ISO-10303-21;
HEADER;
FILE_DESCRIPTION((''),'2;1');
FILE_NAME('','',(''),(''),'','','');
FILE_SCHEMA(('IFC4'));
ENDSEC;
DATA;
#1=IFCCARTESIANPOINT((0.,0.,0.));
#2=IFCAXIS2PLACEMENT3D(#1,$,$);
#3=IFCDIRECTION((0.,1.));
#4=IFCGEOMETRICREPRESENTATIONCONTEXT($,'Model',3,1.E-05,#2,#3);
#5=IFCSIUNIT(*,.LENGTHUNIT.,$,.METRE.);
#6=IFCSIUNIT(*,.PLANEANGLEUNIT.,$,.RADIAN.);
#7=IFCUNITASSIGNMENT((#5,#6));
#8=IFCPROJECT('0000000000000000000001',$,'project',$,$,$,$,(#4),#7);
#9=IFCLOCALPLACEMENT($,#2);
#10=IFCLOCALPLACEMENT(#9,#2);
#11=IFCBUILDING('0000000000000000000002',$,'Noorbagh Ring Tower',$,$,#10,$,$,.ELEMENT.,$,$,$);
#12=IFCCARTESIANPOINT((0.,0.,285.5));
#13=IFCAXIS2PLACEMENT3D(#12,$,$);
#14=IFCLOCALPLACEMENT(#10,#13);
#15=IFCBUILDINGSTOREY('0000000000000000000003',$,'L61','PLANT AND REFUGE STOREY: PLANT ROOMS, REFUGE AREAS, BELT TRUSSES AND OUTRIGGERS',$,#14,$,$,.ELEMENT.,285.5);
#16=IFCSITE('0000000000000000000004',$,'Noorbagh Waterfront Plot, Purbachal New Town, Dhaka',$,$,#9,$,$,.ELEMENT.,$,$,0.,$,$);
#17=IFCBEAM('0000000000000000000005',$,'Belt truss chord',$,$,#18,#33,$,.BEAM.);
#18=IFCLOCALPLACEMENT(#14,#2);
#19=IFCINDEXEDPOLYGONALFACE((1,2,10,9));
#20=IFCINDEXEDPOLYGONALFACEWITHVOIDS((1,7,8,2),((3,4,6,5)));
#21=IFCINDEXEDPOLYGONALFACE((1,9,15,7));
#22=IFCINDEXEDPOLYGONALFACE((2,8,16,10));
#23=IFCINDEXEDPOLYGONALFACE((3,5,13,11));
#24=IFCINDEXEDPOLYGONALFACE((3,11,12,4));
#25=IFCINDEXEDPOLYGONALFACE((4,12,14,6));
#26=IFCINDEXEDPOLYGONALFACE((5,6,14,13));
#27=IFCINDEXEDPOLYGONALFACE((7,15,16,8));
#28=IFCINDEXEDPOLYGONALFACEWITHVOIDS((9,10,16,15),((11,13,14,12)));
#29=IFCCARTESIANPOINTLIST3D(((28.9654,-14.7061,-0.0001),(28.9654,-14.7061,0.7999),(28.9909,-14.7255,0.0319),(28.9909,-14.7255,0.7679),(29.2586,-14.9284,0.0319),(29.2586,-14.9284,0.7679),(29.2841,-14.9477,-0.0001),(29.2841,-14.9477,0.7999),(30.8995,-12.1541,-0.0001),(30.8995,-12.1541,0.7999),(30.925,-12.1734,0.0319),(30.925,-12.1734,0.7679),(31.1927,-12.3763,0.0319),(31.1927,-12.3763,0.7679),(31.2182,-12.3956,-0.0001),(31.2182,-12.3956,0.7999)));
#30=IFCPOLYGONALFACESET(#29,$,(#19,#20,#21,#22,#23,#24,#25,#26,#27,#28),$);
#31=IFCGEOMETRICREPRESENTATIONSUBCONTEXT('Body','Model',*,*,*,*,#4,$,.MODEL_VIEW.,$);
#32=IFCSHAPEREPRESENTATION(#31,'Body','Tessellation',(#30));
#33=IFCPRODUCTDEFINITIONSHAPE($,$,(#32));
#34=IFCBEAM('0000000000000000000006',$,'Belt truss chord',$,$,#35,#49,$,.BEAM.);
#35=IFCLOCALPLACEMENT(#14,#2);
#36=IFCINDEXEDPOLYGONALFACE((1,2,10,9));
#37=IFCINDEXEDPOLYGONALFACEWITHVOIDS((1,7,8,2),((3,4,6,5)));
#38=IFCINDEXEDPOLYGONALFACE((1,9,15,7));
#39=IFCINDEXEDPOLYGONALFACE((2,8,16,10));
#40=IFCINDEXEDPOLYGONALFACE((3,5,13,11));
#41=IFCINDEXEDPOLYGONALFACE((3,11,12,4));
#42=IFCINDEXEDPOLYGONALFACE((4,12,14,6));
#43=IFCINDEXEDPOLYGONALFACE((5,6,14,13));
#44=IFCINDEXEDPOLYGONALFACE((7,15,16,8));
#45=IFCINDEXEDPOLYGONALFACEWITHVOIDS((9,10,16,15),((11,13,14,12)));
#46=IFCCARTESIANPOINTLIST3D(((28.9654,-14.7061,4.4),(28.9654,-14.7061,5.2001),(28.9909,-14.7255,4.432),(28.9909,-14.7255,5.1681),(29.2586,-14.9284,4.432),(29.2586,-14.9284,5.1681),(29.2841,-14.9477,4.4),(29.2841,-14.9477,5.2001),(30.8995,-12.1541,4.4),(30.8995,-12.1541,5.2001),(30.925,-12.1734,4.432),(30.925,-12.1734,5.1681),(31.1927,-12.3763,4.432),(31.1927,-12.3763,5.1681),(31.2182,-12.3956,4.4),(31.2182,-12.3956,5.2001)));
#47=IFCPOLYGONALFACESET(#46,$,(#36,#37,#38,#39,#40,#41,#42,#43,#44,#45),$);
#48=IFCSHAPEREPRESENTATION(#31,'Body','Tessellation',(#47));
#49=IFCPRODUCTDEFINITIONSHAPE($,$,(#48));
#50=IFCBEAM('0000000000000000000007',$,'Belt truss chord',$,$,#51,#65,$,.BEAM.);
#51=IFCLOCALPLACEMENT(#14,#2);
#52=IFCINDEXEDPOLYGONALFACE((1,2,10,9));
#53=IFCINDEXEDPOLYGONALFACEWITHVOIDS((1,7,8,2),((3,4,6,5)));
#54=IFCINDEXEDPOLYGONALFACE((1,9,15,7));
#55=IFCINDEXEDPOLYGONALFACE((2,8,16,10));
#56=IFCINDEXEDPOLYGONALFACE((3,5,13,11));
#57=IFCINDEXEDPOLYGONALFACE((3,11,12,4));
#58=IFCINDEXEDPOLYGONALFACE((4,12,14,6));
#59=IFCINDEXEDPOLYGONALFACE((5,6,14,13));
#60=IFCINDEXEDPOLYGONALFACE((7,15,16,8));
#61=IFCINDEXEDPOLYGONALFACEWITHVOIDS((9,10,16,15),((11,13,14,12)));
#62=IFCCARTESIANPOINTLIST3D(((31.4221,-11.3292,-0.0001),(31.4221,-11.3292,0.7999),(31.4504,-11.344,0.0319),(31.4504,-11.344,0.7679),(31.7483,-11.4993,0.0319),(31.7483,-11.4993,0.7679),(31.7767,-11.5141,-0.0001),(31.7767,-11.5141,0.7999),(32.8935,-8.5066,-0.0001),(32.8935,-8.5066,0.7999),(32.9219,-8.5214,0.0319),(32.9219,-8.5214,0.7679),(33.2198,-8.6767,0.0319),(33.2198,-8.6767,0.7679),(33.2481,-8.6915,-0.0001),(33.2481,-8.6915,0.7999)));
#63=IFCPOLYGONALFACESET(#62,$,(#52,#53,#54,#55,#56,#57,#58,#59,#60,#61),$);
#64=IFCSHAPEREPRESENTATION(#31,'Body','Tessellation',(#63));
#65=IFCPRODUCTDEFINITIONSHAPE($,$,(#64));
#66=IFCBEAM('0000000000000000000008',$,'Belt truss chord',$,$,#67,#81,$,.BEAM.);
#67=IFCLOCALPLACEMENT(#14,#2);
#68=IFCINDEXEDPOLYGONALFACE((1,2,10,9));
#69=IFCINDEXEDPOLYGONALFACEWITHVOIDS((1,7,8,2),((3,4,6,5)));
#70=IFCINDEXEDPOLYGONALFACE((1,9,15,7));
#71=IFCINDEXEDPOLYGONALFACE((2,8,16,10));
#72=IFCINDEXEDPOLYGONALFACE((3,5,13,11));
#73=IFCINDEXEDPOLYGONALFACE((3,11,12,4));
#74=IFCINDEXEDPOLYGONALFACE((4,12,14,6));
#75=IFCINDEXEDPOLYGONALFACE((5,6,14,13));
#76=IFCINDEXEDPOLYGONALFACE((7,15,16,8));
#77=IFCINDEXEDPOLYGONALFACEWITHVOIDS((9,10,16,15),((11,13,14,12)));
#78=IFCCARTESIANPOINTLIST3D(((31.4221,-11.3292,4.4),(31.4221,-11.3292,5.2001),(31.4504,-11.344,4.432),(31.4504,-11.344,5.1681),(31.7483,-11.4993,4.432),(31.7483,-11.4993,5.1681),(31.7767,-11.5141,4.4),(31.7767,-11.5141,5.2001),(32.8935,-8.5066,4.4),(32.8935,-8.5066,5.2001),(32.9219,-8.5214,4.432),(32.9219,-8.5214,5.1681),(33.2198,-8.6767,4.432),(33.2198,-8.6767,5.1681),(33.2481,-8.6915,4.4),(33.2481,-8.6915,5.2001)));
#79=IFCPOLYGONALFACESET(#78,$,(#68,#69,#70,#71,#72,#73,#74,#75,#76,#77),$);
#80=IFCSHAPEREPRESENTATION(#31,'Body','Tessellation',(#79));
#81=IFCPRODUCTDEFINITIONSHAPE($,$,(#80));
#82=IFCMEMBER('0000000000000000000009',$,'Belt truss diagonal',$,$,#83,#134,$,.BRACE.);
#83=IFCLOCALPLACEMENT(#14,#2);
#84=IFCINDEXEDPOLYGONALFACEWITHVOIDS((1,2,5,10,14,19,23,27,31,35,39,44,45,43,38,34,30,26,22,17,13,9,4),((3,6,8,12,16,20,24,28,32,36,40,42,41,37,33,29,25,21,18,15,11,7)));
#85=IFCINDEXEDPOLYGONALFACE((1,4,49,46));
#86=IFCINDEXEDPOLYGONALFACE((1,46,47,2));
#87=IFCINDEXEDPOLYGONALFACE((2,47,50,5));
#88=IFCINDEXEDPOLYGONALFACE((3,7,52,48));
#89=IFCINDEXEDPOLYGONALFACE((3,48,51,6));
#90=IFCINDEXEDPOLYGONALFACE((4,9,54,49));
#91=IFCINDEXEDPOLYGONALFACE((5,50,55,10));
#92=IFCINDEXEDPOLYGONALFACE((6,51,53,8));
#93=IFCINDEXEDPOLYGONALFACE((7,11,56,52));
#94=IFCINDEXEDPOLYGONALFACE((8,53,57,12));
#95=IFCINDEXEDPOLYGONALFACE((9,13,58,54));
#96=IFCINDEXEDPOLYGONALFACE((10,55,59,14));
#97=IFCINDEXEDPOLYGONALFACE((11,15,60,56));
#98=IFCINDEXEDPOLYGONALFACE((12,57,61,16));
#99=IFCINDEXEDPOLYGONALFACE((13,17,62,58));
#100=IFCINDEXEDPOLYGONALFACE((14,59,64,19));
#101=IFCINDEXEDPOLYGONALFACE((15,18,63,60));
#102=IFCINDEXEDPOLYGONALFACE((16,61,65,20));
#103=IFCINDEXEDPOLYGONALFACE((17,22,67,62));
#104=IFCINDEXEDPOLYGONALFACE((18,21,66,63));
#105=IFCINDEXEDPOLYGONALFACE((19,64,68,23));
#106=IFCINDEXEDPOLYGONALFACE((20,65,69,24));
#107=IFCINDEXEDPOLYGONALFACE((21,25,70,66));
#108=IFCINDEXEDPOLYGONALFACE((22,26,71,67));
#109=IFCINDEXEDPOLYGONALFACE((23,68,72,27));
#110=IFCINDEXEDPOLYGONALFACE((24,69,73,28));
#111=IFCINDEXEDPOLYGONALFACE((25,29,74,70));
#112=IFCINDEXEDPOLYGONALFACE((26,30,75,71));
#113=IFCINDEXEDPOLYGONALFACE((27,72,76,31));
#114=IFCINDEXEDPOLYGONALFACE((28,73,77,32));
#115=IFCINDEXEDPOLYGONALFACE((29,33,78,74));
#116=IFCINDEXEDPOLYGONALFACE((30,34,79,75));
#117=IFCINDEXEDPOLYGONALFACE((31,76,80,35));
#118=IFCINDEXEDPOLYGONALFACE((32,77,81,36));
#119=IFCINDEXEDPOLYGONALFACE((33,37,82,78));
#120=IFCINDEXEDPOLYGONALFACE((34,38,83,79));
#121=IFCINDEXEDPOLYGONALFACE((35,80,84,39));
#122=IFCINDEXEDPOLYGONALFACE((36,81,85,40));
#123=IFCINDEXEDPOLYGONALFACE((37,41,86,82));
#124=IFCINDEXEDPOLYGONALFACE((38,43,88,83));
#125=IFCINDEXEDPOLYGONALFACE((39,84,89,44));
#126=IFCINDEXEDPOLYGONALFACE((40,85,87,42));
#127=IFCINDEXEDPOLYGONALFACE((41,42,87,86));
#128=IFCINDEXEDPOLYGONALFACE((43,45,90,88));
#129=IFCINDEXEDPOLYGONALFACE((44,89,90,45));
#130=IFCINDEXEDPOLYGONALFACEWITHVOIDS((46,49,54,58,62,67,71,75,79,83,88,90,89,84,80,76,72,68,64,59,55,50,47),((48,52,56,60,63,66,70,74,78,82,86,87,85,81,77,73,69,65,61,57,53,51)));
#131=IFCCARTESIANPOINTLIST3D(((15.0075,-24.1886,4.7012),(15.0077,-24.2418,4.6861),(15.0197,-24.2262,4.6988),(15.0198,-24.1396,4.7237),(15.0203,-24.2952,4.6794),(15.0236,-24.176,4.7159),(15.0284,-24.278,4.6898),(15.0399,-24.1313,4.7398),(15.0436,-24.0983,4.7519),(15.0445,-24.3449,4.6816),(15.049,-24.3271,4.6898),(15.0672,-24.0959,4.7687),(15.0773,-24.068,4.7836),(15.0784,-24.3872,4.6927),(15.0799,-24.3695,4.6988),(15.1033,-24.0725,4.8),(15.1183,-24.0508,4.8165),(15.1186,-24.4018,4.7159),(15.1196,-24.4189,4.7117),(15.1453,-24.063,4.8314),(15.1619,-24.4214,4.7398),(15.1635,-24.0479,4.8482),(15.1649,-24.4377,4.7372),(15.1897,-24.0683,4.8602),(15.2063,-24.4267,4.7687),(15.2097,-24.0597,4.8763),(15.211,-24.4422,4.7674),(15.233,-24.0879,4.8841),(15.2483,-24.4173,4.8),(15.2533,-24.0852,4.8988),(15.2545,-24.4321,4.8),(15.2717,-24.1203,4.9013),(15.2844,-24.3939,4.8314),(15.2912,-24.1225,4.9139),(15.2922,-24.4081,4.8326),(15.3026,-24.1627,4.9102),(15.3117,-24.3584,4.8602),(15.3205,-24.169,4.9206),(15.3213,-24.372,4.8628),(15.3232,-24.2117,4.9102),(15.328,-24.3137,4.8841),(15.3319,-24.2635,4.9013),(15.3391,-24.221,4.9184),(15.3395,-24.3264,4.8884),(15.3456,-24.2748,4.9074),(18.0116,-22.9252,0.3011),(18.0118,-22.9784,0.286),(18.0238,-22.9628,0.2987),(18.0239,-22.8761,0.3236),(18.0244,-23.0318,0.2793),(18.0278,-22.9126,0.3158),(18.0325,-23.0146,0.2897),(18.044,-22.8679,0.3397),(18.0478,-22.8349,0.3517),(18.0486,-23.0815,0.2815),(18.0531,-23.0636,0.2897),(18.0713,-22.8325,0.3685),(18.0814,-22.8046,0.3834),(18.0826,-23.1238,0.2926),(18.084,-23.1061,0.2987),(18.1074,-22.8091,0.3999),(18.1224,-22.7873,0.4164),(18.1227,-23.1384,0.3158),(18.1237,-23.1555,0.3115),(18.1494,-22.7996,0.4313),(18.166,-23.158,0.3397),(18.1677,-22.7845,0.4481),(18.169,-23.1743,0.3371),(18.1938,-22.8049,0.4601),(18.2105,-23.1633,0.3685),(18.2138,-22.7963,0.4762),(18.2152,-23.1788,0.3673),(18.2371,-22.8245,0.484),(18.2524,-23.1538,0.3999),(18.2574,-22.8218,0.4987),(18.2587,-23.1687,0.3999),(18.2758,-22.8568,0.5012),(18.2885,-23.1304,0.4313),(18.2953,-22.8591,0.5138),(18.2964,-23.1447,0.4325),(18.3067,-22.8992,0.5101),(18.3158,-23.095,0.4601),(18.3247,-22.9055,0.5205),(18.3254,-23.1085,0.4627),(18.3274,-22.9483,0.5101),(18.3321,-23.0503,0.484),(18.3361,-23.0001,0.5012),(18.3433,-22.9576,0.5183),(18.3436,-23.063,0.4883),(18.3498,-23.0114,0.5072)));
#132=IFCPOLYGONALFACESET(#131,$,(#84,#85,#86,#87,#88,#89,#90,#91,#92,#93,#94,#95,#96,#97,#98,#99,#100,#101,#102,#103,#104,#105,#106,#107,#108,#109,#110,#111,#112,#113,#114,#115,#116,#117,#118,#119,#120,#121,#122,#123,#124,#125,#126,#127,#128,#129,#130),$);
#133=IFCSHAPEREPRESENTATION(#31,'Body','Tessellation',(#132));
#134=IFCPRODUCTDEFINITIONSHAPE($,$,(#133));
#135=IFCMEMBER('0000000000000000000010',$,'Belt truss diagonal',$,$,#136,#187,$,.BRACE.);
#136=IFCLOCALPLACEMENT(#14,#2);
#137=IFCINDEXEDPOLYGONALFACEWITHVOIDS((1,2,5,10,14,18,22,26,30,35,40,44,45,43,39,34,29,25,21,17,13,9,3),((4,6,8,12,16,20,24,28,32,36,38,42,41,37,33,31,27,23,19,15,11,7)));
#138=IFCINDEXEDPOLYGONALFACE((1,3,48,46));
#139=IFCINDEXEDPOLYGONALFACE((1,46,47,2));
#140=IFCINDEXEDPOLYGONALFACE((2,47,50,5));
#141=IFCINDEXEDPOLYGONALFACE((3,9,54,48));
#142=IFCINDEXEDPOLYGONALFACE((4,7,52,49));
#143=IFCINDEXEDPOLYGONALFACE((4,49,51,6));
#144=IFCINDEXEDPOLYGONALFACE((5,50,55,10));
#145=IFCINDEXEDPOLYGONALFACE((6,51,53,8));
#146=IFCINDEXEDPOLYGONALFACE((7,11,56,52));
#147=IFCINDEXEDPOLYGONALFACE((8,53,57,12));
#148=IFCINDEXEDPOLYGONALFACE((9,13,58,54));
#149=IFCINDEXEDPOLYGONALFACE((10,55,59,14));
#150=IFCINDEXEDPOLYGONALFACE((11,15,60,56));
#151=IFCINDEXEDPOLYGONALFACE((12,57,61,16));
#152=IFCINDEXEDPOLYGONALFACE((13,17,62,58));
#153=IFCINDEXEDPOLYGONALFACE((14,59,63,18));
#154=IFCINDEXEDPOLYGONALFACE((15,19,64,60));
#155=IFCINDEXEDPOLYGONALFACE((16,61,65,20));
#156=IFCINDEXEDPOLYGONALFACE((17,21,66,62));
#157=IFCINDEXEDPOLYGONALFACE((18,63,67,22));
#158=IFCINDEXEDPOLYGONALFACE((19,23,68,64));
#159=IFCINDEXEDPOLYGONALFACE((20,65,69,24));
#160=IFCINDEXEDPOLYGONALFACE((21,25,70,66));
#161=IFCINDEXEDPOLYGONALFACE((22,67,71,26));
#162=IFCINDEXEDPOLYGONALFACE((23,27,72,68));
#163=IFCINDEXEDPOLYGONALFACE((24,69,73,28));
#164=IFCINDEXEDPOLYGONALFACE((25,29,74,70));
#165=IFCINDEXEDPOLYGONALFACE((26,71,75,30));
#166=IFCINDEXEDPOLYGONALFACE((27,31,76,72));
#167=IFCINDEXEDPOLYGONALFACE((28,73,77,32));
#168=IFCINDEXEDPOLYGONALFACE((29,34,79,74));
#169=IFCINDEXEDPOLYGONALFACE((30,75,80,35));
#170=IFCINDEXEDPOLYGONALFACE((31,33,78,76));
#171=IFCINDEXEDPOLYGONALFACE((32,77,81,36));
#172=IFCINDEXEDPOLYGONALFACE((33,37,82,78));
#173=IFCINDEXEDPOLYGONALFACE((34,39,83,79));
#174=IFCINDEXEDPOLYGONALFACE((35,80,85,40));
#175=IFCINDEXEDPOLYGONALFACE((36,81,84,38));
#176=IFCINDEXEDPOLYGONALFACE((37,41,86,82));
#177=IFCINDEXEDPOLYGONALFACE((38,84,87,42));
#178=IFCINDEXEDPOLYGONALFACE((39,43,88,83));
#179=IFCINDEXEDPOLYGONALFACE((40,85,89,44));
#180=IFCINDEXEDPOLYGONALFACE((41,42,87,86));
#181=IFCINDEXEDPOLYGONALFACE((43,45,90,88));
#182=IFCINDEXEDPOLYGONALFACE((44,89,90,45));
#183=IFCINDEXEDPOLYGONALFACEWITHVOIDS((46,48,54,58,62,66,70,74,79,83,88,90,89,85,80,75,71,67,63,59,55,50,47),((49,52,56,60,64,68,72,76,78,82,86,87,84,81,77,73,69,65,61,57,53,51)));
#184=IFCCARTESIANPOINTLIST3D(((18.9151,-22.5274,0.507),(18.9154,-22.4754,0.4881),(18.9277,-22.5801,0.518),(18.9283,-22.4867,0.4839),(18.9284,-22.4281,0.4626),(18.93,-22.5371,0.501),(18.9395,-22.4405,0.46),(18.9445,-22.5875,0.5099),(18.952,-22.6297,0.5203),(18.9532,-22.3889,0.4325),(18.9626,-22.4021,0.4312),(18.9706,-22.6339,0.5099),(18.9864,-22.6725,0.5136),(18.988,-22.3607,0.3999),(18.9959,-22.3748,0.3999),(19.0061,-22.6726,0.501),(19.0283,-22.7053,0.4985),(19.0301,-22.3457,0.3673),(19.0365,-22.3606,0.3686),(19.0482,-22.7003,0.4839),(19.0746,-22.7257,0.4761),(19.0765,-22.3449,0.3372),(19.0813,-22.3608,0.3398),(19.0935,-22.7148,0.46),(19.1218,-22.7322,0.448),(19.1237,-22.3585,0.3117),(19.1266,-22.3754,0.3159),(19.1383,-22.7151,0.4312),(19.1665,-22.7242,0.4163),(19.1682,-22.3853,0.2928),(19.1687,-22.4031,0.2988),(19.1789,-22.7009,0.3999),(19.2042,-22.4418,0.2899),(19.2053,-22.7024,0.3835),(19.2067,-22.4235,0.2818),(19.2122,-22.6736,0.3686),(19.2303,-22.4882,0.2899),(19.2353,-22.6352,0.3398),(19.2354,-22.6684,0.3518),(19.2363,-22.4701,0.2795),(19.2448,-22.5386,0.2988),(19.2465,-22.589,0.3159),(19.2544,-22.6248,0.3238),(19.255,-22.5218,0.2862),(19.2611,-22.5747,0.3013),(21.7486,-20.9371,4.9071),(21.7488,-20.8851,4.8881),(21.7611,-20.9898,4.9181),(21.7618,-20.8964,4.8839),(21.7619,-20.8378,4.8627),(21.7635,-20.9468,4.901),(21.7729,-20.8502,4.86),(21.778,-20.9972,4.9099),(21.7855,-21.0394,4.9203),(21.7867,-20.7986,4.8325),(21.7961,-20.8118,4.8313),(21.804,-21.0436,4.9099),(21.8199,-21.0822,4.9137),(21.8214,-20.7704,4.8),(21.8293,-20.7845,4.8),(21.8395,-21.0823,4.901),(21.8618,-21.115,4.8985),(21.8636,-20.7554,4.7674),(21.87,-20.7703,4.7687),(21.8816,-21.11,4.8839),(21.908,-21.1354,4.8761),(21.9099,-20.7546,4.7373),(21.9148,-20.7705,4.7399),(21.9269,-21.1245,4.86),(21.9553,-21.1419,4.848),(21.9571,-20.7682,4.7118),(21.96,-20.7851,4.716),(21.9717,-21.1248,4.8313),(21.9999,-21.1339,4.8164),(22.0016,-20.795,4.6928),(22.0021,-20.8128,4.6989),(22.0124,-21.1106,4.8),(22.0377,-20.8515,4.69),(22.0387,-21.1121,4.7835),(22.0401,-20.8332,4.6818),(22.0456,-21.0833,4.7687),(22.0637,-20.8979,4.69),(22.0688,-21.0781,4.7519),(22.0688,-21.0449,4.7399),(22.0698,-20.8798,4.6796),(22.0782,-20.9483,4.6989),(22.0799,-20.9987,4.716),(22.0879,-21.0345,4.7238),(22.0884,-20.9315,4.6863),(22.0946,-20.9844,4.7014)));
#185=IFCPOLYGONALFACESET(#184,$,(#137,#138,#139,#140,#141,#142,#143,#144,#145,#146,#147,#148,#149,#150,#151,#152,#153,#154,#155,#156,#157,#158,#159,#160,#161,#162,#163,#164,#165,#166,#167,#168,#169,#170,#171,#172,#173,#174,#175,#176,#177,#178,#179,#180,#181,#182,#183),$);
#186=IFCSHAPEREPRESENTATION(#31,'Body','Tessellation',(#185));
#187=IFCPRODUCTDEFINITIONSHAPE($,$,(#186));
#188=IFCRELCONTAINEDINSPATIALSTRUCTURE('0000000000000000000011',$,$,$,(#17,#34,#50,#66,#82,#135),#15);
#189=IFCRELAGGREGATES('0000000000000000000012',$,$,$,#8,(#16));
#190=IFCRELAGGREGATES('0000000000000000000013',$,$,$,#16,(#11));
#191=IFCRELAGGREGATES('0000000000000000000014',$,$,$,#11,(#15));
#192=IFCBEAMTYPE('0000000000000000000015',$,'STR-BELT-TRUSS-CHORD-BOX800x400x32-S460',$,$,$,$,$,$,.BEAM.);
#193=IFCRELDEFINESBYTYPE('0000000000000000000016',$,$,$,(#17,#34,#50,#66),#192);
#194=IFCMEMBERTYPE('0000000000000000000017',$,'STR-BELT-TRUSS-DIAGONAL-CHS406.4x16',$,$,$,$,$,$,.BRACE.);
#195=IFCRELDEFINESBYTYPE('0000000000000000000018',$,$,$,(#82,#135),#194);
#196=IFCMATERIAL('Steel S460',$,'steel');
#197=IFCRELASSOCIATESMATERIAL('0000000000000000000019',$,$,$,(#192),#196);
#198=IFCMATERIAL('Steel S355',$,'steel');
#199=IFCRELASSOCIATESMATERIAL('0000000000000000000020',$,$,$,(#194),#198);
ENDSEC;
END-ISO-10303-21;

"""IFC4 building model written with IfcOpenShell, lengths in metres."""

from ifc_helpers import new_model, si_unit, direction, frame, origin, origin_2d, place, context, subcontext, project, spatial, hollow_rectangle, hollow_circle, extrude, material, material_profile, profile_set, type_object, element, save


model = new_model("IFC4")

# Units and contexts
model_context = context("Model", 3, precision=1e-05, world=origin(), true_north=direction((0.0, 1.0)))
body_context = subcontext(model_context, "Body", "Model", "MODEL_VIEW")
ifc_project = project(units=[si_unit("LENGTHUNIT", "METRE"), si_unit("PLANEANGLEUNIT", "RADIAN")], contexts=[model_context])

# Site, building, storey
site_placement = place(None, origin())
site = spatial("IfcSite", under=ifc_project, at=site_placement, Name="Noorbagh Waterfront Plot, Purbachal New Town, Dhaka", CompositionType="ELEMENT", RefElevation=0.0)
building_placement = place(site_placement, origin())
building = spatial("IfcBuilding", under=site, at=building_placement, Name="Noorbagh Ring Tower", CompositionType="ELEMENT")
storey_placement = place(building_placement, frame((0.0, 0.0, 285.5)))
storey = spatial("IfcBuildingStorey", under=building, at=storey_placement, Name="L61", Description="PLANT AND REFUGE STOREY: PLANT ROOMS, REFUGE AREAS, BELT TRUSSES AND OUTRIGGERS", CompositionType="ELEMENT", Elevation=285.5)

# Beams
ifc_material_1 = material(Name="Steel S460", Category="steel")
ifc_material_profile_1 = material_profile(ifc_material_1, hollow_rectangle(XDim=0.3999, YDim=0.8, WallThickness=0.032, at=origin_2d()), Name="BOX800x400x32")
ifc_profile_set_1 = profile_set([ifc_material_profile_1], Name="Steel S460")
beam_type_1 = type_object("IfcBeamType", Name="STR-BELT-TRUSS-CHORD-BOX800x400x32-S460", PredefinedType="BEAM", material=ifc_profile_set_1)
for number, where, z_axis, x_axis, name in (
    (1, (29.1248, -14.8269, 0.3999), (0.604006, 0.79698, 0.0), (-0.79698, 0.604006, 0.0), "Belt truss chord"),
    (2, (29.1248, -14.8269, 4.8), (0.604006, 0.79698, 0.0), (-0.79698, 0.604006, 0.0), "Belt truss chord"),
):
    element("IfcBeam", number, at=place(storey_placement, frame(where, z_axis=z_axis, x_axis=x_axis)), inside=storey, type_object=beam_type_1, Name=name, PredefinedType="BEAM", context=body_context, shape_type="SweptSolid", body=[
        extrude(hollow_rectangle(XDim=0.3999, YDim=0.8, WallThickness=0.032, at=origin_2d()), origin(), (0.0, 0.0, 1.0), 3.2021),
    ])
for number, where, z_axis, x_axis, name in (
    (3, (31.5994, -11.4216, 0.3999), (0.462275, 0.886737, 0.0), (-0.886737, 0.462275, 0.0), "Belt truss chord"),
    (4, (31.5994, -11.4216, 4.8), (0.462275, 0.886737, 0.0), (-0.886737, 0.462275, 0.0), "Belt truss chord"),
):
    element("IfcBeam", number, at=place(storey_placement, frame(where, z_axis=z_axis, x_axis=x_axis)), inside=storey, type_object=beam_type_1, Name=name, PredefinedType="BEAM", context=body_context, shape_type="SweptSolid", body=[
        extrude(hollow_rectangle(XDim=0.3999, YDim=0.8, WallThickness=0.032, at=origin_2d()), origin(), (0.0, 0.0, 1.0), 3.1831),
    ])

# Members
ifc_material_2 = material(Name="Steel S355", Category="steel")
ifc_material_profile_2 = material_profile(ifc_material_2, hollow_circle(Radius=0.2031, WallThickness=0.0161, at=origin_2d()), Name="CHS406.4x16")
ifc_profile_set_2 = profile_set([ifc_material_profile_2], Name="Steel S355")
member_type = type_object("IfcMemberType", Name="STR-BELT-TRUSS-DIAGONAL-CHS406.4x16", PredefinedType="BRACE", material=ifc_profile_set_2)
member_1_placement = place(storey_placement, frame((18.1799, -22.9814, 0.3999), z_axis=(-0.548641, -0.230737, 0.803588), x_axis=(0.387672, -0.921797, 0.0)))
element("IfcMember", 5, at=member_1_placement, inside=storey, type_object=member_type, Name="Belt truss diagonal", PredefinedType="BRACE", context=body_context, shape_type="SweptSolid", body=[
    extrude(hollow_circle(Radius=0.2031, WallThickness=0.0161, at=origin_2d()), origin(), (0.0, 0.0, 1.0), 5.4756),
])
member_2_placement = place(storey_placement, frame((19.0874, -22.5378, 0.3999), z_axis=(0.518022, 0.290746, 0.804438), x_axis=(-0.489441, 0.872037, 0.0)))
element("IfcMember", 6, at=member_2_placement, inside=storey, type_object=member_type, Name="Belt truss diagonal", PredefinedType="BRACE", context=body_context, shape_type="SweptSolid", body=[
    extrude(hollow_circle(Radius=0.2031, WallThickness=0.0161, at=origin_2d()), origin(), (0.0, 0.0, 1.0), 5.4697),
])

save(model, "model.ifc")
